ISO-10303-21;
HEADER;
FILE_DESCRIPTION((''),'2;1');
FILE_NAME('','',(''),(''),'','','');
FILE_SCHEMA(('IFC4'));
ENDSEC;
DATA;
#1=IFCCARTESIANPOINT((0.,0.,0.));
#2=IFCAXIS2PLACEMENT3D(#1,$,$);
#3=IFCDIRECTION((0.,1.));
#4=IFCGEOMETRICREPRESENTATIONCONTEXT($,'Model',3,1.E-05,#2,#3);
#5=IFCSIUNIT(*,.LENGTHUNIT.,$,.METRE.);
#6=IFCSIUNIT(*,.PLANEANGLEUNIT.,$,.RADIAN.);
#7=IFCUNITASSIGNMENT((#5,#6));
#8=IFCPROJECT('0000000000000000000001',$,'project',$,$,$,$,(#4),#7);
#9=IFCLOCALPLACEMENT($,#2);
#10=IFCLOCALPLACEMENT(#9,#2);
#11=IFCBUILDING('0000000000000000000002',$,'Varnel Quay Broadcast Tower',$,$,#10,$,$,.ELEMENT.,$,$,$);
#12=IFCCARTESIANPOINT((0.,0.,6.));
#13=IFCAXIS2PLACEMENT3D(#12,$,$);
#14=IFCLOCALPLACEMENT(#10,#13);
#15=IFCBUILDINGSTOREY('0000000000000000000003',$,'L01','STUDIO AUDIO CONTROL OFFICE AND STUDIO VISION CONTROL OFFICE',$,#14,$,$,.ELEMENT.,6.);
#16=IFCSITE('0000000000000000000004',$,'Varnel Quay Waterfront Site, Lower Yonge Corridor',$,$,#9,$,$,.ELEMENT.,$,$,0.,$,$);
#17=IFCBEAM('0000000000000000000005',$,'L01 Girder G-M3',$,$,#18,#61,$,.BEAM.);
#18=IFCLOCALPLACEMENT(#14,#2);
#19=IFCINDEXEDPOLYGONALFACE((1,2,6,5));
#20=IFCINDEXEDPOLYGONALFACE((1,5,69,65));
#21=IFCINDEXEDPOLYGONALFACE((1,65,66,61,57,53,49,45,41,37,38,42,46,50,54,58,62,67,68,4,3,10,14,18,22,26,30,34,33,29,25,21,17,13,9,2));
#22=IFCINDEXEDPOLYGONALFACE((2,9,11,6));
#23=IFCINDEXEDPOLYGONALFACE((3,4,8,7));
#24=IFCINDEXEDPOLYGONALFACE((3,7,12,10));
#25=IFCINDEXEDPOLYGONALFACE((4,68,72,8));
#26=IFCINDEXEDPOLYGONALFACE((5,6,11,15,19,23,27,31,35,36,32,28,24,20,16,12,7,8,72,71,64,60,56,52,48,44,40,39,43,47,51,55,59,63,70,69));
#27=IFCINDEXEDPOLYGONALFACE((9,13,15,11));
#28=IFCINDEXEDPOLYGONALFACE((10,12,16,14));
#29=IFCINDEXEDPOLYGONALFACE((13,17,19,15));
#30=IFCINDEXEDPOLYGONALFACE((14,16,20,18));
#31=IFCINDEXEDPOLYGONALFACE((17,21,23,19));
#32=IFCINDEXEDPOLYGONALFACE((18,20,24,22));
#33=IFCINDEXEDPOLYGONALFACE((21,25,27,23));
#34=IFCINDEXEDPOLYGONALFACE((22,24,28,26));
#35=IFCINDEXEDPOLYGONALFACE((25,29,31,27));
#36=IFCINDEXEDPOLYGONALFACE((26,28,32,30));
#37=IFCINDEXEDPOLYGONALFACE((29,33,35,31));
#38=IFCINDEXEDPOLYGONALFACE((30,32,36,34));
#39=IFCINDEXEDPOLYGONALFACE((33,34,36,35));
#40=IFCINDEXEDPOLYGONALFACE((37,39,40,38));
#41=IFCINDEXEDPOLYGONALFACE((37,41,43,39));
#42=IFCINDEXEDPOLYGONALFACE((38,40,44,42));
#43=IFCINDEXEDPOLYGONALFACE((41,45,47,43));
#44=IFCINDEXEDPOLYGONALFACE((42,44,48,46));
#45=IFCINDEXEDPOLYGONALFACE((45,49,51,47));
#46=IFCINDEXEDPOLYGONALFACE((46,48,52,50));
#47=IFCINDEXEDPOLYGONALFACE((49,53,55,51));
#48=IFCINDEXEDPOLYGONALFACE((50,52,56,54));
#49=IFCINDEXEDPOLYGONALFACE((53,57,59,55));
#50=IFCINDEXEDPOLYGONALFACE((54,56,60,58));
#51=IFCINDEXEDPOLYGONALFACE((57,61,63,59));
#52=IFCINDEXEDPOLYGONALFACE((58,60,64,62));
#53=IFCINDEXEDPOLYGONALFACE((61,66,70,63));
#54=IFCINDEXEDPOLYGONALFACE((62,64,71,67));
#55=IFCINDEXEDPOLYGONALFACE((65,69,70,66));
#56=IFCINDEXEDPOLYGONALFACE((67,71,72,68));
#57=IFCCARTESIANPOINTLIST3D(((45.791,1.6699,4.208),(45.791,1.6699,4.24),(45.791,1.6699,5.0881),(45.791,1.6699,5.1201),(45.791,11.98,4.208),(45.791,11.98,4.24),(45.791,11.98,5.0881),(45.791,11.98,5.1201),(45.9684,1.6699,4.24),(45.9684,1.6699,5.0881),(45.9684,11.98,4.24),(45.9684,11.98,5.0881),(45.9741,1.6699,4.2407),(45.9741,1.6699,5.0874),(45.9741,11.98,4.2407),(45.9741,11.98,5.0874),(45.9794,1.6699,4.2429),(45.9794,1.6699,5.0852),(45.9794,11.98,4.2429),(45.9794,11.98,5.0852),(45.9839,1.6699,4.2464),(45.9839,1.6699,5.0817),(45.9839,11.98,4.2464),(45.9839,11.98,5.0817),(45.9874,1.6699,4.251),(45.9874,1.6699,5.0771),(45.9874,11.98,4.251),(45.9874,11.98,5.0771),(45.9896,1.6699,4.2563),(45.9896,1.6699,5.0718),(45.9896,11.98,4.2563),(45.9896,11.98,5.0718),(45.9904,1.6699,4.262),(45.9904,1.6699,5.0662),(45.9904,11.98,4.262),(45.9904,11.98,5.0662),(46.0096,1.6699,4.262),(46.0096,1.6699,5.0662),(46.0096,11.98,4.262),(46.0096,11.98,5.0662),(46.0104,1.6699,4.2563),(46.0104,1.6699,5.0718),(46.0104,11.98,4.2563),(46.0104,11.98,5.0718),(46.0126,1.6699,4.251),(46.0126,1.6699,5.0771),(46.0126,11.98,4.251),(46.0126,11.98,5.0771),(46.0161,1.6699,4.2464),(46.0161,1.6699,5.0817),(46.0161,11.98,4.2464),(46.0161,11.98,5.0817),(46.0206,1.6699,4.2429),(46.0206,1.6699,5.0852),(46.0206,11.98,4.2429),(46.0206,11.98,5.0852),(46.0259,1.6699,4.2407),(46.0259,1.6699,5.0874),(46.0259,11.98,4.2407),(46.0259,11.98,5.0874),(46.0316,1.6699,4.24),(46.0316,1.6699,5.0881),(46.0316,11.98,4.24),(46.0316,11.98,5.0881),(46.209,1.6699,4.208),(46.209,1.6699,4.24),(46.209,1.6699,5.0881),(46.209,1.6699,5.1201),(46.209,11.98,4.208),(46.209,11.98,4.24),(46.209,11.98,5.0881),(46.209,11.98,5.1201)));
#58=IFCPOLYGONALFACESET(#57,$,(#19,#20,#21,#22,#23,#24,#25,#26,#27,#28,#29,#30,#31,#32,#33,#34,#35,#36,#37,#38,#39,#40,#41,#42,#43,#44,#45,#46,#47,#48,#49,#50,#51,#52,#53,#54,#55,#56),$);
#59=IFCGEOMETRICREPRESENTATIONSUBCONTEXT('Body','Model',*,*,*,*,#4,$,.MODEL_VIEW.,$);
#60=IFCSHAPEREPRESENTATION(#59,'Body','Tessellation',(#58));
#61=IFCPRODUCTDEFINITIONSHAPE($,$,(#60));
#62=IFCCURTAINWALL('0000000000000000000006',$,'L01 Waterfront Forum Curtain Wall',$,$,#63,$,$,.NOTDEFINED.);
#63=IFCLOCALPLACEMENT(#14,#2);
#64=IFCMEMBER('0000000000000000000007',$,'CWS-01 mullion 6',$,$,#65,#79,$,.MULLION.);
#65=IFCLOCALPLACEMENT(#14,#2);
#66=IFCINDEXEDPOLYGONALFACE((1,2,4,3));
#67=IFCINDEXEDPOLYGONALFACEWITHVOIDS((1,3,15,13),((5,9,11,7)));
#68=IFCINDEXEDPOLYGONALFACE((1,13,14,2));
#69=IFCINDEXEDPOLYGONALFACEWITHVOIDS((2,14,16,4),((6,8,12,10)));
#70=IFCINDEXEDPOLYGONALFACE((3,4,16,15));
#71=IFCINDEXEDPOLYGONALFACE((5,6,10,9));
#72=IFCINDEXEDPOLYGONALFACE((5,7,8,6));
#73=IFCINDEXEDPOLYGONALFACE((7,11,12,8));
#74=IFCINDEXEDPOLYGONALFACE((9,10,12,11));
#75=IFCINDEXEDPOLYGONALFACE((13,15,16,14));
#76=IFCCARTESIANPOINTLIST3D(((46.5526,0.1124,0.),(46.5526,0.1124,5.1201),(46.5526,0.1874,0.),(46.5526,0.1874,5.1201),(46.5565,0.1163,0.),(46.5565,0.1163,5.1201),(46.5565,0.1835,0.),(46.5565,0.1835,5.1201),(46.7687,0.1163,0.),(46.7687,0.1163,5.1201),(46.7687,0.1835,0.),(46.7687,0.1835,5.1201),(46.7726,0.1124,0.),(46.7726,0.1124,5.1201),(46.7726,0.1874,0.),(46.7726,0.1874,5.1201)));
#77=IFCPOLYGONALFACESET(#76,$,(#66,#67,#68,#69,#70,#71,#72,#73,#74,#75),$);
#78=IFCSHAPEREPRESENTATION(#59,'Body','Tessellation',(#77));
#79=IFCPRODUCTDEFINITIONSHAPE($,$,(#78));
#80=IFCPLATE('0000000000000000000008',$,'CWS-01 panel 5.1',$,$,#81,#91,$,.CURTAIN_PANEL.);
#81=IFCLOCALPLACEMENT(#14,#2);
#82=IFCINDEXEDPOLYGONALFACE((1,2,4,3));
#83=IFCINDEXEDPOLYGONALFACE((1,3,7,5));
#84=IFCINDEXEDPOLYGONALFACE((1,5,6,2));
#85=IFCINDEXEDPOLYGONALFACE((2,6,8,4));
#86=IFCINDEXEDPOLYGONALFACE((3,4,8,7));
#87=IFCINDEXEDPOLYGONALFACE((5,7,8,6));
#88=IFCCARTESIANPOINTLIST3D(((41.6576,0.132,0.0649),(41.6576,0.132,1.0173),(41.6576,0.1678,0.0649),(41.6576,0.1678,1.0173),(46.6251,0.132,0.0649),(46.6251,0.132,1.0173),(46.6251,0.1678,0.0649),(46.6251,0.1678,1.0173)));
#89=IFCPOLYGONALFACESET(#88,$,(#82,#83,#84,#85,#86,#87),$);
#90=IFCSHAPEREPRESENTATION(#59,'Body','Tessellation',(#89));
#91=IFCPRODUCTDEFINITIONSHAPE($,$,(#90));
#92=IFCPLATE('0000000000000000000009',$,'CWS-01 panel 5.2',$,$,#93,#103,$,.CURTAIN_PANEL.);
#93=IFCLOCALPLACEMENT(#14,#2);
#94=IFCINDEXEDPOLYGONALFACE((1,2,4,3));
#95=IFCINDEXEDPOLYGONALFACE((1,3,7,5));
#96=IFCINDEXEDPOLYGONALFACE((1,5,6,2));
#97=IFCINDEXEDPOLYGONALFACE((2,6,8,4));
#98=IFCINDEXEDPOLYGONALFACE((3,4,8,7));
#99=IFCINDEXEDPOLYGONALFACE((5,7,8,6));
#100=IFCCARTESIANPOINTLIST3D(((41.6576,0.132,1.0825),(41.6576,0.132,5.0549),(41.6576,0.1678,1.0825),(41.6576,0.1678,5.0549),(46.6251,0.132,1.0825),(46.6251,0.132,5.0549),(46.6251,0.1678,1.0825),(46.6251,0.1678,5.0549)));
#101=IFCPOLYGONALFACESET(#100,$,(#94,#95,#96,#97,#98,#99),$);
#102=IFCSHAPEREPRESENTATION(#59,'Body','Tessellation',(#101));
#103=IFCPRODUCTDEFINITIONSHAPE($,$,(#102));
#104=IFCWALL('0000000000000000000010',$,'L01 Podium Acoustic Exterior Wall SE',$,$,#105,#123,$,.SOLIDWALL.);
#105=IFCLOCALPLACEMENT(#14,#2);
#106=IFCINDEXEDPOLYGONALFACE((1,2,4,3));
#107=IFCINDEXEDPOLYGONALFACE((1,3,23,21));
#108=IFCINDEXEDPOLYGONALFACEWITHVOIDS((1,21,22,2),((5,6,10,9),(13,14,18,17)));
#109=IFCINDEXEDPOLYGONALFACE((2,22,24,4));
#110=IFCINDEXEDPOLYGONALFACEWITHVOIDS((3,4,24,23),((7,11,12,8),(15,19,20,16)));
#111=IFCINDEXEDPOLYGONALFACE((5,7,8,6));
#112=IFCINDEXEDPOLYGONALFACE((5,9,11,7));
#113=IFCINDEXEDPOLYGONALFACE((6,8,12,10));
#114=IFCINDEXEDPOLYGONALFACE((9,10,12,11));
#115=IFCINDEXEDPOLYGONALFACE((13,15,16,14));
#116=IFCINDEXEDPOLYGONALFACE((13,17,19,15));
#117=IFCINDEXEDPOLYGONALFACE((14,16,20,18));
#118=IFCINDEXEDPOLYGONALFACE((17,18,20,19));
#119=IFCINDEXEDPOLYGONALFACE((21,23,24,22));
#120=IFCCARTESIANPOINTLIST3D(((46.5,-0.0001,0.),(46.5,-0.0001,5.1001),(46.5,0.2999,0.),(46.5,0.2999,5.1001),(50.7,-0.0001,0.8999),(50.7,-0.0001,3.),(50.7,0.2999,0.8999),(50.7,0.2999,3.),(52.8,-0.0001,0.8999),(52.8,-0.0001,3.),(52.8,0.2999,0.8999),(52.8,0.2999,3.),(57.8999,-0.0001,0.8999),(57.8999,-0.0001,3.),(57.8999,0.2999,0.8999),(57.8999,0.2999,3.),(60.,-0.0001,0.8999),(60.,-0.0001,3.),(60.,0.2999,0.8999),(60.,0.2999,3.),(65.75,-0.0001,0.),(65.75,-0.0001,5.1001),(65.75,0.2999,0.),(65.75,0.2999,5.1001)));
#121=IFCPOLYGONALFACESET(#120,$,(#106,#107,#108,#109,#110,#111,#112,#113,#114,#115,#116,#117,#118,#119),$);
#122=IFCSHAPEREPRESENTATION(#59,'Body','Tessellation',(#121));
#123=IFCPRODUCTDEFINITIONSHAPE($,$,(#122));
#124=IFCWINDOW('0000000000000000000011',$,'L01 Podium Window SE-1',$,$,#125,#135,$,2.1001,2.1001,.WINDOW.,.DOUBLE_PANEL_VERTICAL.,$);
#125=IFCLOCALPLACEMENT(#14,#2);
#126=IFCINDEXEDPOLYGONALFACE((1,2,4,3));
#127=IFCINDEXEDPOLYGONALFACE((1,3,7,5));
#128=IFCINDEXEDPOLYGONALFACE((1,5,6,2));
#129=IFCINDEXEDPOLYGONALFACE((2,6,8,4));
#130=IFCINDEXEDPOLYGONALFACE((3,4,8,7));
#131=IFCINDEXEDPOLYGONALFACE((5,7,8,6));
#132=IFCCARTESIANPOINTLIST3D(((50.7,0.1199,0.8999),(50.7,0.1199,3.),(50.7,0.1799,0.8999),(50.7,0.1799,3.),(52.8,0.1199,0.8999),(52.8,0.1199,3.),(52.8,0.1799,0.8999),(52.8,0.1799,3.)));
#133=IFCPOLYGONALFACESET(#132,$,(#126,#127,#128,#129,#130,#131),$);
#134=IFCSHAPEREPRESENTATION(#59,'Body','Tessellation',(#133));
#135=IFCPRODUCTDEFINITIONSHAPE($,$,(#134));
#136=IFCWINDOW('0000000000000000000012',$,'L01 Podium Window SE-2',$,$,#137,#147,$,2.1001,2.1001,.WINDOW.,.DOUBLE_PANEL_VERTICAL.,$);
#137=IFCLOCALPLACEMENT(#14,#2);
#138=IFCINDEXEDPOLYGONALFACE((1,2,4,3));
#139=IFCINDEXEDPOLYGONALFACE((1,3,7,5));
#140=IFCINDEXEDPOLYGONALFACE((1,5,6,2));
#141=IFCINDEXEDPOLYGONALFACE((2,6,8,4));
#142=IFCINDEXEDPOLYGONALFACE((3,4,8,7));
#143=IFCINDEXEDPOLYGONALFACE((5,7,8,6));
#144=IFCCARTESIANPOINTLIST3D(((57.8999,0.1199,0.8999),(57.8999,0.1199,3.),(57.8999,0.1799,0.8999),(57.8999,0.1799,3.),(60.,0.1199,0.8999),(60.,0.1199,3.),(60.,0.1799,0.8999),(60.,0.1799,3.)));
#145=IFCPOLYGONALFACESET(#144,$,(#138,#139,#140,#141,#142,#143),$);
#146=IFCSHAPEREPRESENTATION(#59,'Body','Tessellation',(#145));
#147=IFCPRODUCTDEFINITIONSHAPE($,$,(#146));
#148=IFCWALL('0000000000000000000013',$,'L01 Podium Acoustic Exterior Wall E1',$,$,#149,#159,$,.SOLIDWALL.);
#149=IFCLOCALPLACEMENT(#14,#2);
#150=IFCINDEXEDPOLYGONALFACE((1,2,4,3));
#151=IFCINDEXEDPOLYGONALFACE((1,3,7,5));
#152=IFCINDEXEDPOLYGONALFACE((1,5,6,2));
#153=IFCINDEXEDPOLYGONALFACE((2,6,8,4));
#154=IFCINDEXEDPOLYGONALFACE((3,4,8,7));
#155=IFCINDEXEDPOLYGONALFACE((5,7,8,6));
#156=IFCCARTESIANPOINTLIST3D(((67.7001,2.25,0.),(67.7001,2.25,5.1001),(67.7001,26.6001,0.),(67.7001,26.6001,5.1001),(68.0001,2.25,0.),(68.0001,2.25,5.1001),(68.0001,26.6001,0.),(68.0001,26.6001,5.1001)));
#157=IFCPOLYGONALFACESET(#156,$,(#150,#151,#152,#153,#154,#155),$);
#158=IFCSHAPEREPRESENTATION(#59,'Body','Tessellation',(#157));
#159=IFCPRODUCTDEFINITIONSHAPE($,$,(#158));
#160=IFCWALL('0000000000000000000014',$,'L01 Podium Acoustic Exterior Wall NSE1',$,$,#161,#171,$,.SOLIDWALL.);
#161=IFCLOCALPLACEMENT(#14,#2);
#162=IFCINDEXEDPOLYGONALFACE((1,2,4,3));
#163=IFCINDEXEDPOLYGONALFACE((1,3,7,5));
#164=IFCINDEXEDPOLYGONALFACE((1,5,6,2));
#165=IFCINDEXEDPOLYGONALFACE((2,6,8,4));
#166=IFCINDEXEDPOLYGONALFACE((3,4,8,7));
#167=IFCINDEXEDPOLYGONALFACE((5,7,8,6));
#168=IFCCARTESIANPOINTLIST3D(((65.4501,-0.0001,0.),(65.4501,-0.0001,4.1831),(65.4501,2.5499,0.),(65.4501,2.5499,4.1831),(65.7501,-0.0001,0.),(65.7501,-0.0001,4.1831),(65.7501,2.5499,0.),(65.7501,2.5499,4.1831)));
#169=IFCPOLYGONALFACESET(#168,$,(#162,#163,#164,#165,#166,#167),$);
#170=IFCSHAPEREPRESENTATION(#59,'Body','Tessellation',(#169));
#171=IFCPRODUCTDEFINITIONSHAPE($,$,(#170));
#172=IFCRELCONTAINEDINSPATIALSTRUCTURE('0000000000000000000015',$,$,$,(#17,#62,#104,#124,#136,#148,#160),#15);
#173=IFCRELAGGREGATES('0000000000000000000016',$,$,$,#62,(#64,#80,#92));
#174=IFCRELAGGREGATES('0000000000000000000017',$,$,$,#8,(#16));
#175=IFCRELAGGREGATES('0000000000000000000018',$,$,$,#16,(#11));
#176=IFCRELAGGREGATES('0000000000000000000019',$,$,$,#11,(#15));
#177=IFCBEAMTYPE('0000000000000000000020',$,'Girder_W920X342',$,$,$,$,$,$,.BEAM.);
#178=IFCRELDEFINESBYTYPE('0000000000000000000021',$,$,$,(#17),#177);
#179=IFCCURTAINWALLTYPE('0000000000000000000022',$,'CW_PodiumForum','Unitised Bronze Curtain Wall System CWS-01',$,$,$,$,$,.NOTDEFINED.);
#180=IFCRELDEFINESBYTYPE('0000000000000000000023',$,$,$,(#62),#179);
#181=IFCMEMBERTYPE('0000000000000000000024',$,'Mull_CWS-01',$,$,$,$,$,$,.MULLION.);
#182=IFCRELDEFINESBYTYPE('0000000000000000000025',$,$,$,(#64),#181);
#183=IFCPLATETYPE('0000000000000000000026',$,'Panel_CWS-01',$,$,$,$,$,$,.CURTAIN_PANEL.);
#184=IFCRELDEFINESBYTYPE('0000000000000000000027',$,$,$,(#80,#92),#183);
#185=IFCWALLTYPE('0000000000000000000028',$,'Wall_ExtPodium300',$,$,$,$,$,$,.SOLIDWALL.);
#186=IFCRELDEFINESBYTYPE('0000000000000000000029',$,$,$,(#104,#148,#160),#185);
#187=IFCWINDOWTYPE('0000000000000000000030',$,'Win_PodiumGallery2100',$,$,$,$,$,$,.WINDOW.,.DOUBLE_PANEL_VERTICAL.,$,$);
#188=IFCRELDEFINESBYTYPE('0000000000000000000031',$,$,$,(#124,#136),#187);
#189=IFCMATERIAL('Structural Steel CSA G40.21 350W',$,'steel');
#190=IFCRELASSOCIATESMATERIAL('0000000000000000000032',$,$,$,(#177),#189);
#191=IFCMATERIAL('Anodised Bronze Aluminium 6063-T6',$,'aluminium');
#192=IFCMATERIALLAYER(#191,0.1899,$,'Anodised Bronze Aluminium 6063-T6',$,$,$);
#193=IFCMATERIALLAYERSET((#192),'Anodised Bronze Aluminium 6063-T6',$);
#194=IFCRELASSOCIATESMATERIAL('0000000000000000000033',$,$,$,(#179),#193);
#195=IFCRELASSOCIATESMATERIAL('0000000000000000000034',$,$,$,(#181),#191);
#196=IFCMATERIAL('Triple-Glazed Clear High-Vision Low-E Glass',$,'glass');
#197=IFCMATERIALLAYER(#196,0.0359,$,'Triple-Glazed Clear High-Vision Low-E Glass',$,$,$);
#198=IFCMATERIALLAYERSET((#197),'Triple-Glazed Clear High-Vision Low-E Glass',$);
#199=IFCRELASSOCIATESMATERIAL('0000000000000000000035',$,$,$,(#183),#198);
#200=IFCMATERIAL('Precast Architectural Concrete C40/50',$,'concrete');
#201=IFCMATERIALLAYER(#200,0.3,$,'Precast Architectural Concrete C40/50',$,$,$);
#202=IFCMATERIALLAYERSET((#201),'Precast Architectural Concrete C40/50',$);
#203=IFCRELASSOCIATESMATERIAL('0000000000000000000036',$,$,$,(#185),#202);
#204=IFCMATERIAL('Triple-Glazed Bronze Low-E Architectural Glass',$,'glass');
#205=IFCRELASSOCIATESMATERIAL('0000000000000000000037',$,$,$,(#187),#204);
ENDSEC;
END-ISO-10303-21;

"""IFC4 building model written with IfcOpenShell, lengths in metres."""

from ifc_helpers import new_model, si_unit, direction, frame, frame_2d, origin, origin_2d, place, context, subcontext, project, spatial, rectangle, hollow_rectangle, i_section, extrude, source, transform, mapped, material, layer, layer_set, material_profile, profile_set, type_object, type_shapes, element, fill, aggregate, save


model = new_model("IFC4")

# Units and contexts
model_context = context("Model", 3, precision=1e-05, world=origin(), true_north=direction((0.0, 1.0)))
body_context = subcontext(model_context, "Body", "Model", "MODEL_VIEW")
ifc_project = project(units=[si_unit("LENGTHUNIT", "METRE"), si_unit("PLANEANGLEUNIT", "RADIAN")], contexts=[model_context])

# Site, building, storey
site_placement = place(None, origin())
site = spatial("IfcSite", under=ifc_project, at=site_placement, Name="Varnel Quay Waterfront Site, Lower Yonge Corridor", CompositionType="ELEMENT", RefElevation=0.0)
building_placement = place(site_placement, origin())
building = spatial("IfcBuilding", under=site, at=building_placement, Name="Varnel Quay Broadcast Tower", CompositionType="ELEMENT")
storey_placement = place(building_placement, frame((0.0, 0.0, 6.0)))
storey = spatial("IfcBuildingStorey", under=building, at=storey_placement, Name="L01", Description="STUDIO AUDIO CONTROL OFFICE AND STUDIO VISION CONTROL OFFICE", CompositionType="ELEMENT", Elevation=6.0)

# Shared definitions
ifc_material_1 = material(Name="Structural Steel CSA G40.21 350W", Category="steel")

# Beam
ifc_material_profile_1 = material_profile(ifc_material_1, i_section(OverallWidth=0.418, OverallDepth=0.9121, WebThickness=0.0193, FlangeThickness=0.032, FilletRadius=0.022, at=origin_2d()), Name="W920X342")
ifc_profile_set_1 = profile_set([ifc_material_profile_1], Name="Structural Steel CSA G40.21 350W")
beam_type = type_object("IfcBeamType", Name="Girder_W920X342", PredefinedType="BEAM", material=ifc_profile_set_1)
shared_shape_1 = source(origin(), body_context, "Body", "SweptSolid", [
    extrude(i_section(OverallWidth=0.418, OverallDepth=0.9121, WebThickness=0.0193, FlangeThickness=0.032, FilletRadius=0.022, at=origin_2d()), origin(), (0.0, 0.0, 1.0), 10.3101),
])
beam_1_placement = place(storey_placement, frame((46.0, 1.6699, 4.6641), z_axis=(0.0, 1.0, 0.0), x_axis=(-1.0, 0.0, 0.0)))
element("IfcBeam", 1, at=beam_1_placement, inside=storey, type_object=beam_type, Name="L01 Girder G-M3", PredefinedType="BEAM", context=body_context, shape_type="MappedRepresentation", body=[
    mapped(shared_shape_1, transform((0.0, 0.0, 0.0), x_axis=(1.0, 0.0, 0.0), y_axis=(0.0, 1.0, 0.0), z_axis=(0.0, 0.0, 1.0), scale=1.0)),
])

# Curtain wall, member, plates
ifc_material_2 = material(Name="Anodised Bronze Aluminium 6063-T6", Category="aluminium")
ifc_layer_1 = layer(ifc_material_2, 0.1899, Name="Anodised Bronze Aluminium 6063-T6")
ifc_layer_set_1 = layer_set([ifc_layer_1], Name="Anodised Bronze Aluminium 6063-T6")
curtain_wall_type = type_object("IfcCurtainWallType", Name="CW_PodiumForum", Description="Unitised Bronze Curtain Wall System CWS-01", PredefinedType="NOTDEFINED", material=ifc_layer_set_1)
curtain_wall_placement = place(storey_placement, origin())
curtain_wall = element("IfcCurtainWall", 2, at=curtain_wall_placement, inside=storey, type_object=curtain_wall_type, Name="L01 Waterfront Forum Curtain Wall", PredefinedType="NOTDEFINED")
ifc_material_profile_2 = material_profile(ifc_material_2, hollow_rectangle(XDim=0.075, YDim=0.22, WallThickness=0.0039, at=origin_2d()), Name="ALU75X220X4")
ifc_profile_set_2 = profile_set([ifc_material_profile_2], Name="Anodised Bronze Aluminium 6063-T6")
member_type = type_object("IfcMemberType", Name="Mull_CWS-01", PredefinedType="MULLION", material=ifc_profile_set_2)
shared_shape_2 = source(origin(), body_context, "Body", "SweptSolid", [
    extrude(hollow_rectangle(XDim=0.075, YDim=0.22, WallThickness=0.0039, at=origin_2d()), origin(), (0.0, 0.0, 1.0), 5.1201),
])
type_shapes(member_type, [shared_shape_2])
member_placement = place(storey_placement, frame((46.6626, 0.1499, 0.0), z_axis=(0.0, 0.0, 1.0), x_axis=(0.0, 1.0, 0.0)))
member = element("IfcMember", 3, at=member_placement, type_object=member_type, Name="CWS-01 mullion 6", PredefinedType="MULLION", context=body_context, shape_type="MappedRepresentation", body=[
    mapped(shared_shape_2, transform((0.0, 0.0, 0.0), x_axis=(1.0, 0.0, 0.0), y_axis=(0.0, 1.0, 0.0), z_axis=(0.0, 0.0, 1.0), scale=1.0)),
])
ifc_material_3 = material(Name="Triple-Glazed Clear High-Vision Low-E Glass", Category="glass")
ifc_layer_2 = layer(ifc_material_3, 0.0359, Name="Triple-Glazed Clear High-Vision Low-E Glass")
ifc_layer_set_2 = layer_set([ifc_layer_2], Name="Triple-Glazed Clear High-Vision Low-E Glass")
plate_type = type_object("IfcPlateType", Name="Panel_CWS-01", PredefinedType="CURTAIN_PANEL", material=ifc_layer_set_2)
shared_shape_3 = source(origin(), body_context, "Body", "SweptSolid", [
    extrude(rectangle(XDim=4.9675, YDim=0.0359, at=origin_2d()), origin(), (0.0, 0.0, 1.0), 0.9524),
])
plate_1_placement = place(storey_placement, frame((44.1414, 0.1499, 0.0649), z_axis=(0.0, 0.0, 1.0), x_axis=(1.0, 0.0, 0.0)))
plate_1 = element("IfcPlate", 4, at=plate_1_placement, type_object=plate_type, Name="CWS-01 panel 5.1", PredefinedType="CURTAIN_PANEL", context=body_context, shape_type="MappedRepresentation", body=[
    mapped(shared_shape_3, transform((0.0, 0.0, 0.0), x_axis=(1.0, 0.0, 0.0), y_axis=(0.0, 1.0, 0.0), z_axis=(0.0, 0.0, 1.0), scale=1.0)),
])
shared_shape_4 = source(origin(), body_context, "Body", "SweptSolid", [
    extrude(rectangle(XDim=4.9675, YDim=0.0359, at=origin_2d()), origin(), (0.0, 0.0, 1.0), 3.9724),
])
type_shapes(plate_type, [shared_shape_3, shared_shape_4])
plate_2_placement = place(storey_placement, frame((44.1414, 0.1499, 1.0825), z_axis=(0.0, 0.0, 1.0), x_axis=(1.0, 0.0, 0.0)))
plate_2 = element("IfcPlate", 5, at=plate_2_placement, type_object=plate_type, Name="CWS-01 panel 5.2", PredefinedType="CURTAIN_PANEL", context=body_context, shape_type="MappedRepresentation", body=[
    mapped(shared_shape_4, transform((0.0, 0.0, 0.0), x_axis=(1.0, 0.0, 0.0), y_axis=(0.0, 1.0, 0.0), z_axis=(0.0, 0.0, 1.0), scale=1.0)),
])
aggregate(curtain_wall, [member, plate_1, plate_2])

# Wall, openings, windows
ifc_material_4 = material(Name="Precast Architectural Concrete C40/50", Category="concrete")
ifc_layer_3 = layer(ifc_material_4, 0.3, Name="Precast Architectural Concrete C40/50")
ifc_layer_set_3 = layer_set([ifc_layer_3], Name="Precast Architectural Concrete C40/50")
wall_type_1 = type_object("IfcWallType", Name="Wall_ExtPodium300", PredefinedType="SOLIDWALL", material=ifc_layer_set_3)
wall_1_placement = place(storey_placement, frame((46.5, 0.1499, 0.0), z_axis=(0.0, 0.0, 1.0), x_axis=(1.0, 0.0, 0.0)))
wall_1 = element("IfcWall", 6, at=wall_1_placement, inside=storey, type_object=wall_type_1, Name="L01 Podium Acoustic Exterior Wall SE", PredefinedType="SOLIDWALL", context=body_context, shape_type="SweptSolid", body=[
    extrude(rectangle(XDim=19.25, YDim=0.3, at=frame_2d((9.625, 0.0))), origin(), (0.0, 0.0, 1.0), 5.1001),
])
opening_1_placement = place(wall_1_placement, frame((4.2, 0.0, 0.8999)))
opening_1 = element("IfcOpeningElement", 7, at=opening_1_placement, cuts=wall_1, PredefinedType="OPENING", context=body_context, shape_type="SweptSolid", body=[
    extrude(rectangle(XDim=2.1001, YDim=2.1001, at=frame_2d((1.05, 1.05))), frame((0.0, 0.1602, 0.0), z_axis=(0.0, -1.0, 0.0), x_axis=(1.0, 0.0, 0.0)), (0.0, 0.0, 1.0), 0.3201),
])
opening_2_placement = place(wall_1_placement, frame((11.3999, 0.0, 0.8999)))
opening_2 = element("IfcOpeningElement", 8, at=opening_2_placement, cuts=wall_1, PredefinedType="OPENING", context=body_context, shape_type="SweptSolid", body=[
    extrude(rectangle(XDim=2.1001, YDim=2.1001, at=frame_2d((1.05, 1.05))), frame((0.0, 0.1602, 0.0), z_axis=(0.0, -1.0, 0.0), x_axis=(1.0, 0.0, 0.0)), (0.0, 0.0, 1.0), 0.3201),
])
ifc_material_5 = material(Name="Triple-Glazed Bronze Low-E Architectural Glass", Category="glass")
window_type_1 = type_object("IfcWindowType", Name="Win_PodiumGallery2100", PartitioningType="DOUBLE_PANEL_VERTICAL", PredefinedType="WINDOW", material=ifc_material_5)
shared_shape_5 = source(origin(), body_context, "Body", "SweptSolid", [
    extrude(rectangle(XDim=2.1001, YDim=2.1001, at=frame_2d((1.05, 1.05))), frame((0.0, 0.03, 0.0), z_axis=(0.0, -1.0, 0.0), x_axis=(1.0, 0.0, 0.0)), (0.0, 0.0, 1.0), 0.0601),
])
type_shapes(window_type_1, [shared_shape_5])
window_1_placement = place(opening_1_placement, origin())
window_1 = element("IfcWindow", 9, at=window_1_placement, inside=storey, type_object=window_type_1, Name="L01 Podium Window SE-1", OverallHeight=2.1001, OverallWidth=2.1001, PartitioningType="DOUBLE_PANEL_VERTICAL", PredefinedType="WINDOW", context=body_context, shape_type="MappedRepresentation", body=[
    mapped(shared_shape_5, transform((0.0, 0.0, 0.0), x_axis=(1.0, 0.0, 0.0), y_axis=(0.0, 1.0, 0.0), z_axis=(0.0, 0.0, 1.0), scale=1.0)),
])
fill(opening_1, window_1)
window_2_placement = place(opening_2_placement, origin())
window_2 = element("IfcWindow", 10, at=window_2_placement, inside=storey, type_object=window_type_1, Name="L01 Podium Window SE-2", OverallHeight=2.1001, OverallWidth=2.1001, PartitioningType="DOUBLE_PANEL_VERTICAL", PredefinedType="WINDOW", context=body_context, shape_type="MappedRepresentation", body=[
    mapped(shared_shape_5, transform((0.0, 0.0, 0.0), x_axis=(1.0, 0.0, 0.0), y_axis=(0.0, 1.0, 0.0), z_axis=(0.0, 0.0, 1.0), scale=1.0)),
])
fill(opening_2, window_2)

# Walls
wall_2_placement = place(storey_placement, frame((67.8501, 2.25, 0.0), z_axis=(0.0, 0.0, 1.0), x_axis=(0.0, 1.0, 0.0)))
element("IfcWall", 11, at=wall_2_placement, inside=storey, type_object=wall_type_1, Name="L01 Podium Acoustic Exterior Wall E1", PredefinedType="SOLIDWALL", context=body_context, shape_type="SweptSolid", body=[
    extrude(rectangle(XDim=24.3501, YDim=0.3, at=frame_2d((12.175, 0.0))), origin(), (0.0, 0.0, 1.0), 5.1001),
])
for number, where, z_axis, x_axis, name in (
    (12, (65.6001, 0.0, 0.0), (0.0, 0.0, 1.0), (0.0, 1.0, 0.0), "L01 Podium Acoustic Exterior Wall NSE1"),
):
    element("IfcWall", number, at=place(storey_placement, frame(where, z_axis=z_axis, x_axis=x_axis)), inside=storey, type_object=wall_type_1, Name=name, PredefinedType="SOLIDWALL", context=body_context, shape_type="SweptSolid", body=[
        extrude(rectangle(XDim=2.55, YDim=0.3, at=frame_2d((1.2749, 0.0))), origin(), (0.0, 0.0, 1.0), 4.1831),
    ])

save(model, "model.ifc")
